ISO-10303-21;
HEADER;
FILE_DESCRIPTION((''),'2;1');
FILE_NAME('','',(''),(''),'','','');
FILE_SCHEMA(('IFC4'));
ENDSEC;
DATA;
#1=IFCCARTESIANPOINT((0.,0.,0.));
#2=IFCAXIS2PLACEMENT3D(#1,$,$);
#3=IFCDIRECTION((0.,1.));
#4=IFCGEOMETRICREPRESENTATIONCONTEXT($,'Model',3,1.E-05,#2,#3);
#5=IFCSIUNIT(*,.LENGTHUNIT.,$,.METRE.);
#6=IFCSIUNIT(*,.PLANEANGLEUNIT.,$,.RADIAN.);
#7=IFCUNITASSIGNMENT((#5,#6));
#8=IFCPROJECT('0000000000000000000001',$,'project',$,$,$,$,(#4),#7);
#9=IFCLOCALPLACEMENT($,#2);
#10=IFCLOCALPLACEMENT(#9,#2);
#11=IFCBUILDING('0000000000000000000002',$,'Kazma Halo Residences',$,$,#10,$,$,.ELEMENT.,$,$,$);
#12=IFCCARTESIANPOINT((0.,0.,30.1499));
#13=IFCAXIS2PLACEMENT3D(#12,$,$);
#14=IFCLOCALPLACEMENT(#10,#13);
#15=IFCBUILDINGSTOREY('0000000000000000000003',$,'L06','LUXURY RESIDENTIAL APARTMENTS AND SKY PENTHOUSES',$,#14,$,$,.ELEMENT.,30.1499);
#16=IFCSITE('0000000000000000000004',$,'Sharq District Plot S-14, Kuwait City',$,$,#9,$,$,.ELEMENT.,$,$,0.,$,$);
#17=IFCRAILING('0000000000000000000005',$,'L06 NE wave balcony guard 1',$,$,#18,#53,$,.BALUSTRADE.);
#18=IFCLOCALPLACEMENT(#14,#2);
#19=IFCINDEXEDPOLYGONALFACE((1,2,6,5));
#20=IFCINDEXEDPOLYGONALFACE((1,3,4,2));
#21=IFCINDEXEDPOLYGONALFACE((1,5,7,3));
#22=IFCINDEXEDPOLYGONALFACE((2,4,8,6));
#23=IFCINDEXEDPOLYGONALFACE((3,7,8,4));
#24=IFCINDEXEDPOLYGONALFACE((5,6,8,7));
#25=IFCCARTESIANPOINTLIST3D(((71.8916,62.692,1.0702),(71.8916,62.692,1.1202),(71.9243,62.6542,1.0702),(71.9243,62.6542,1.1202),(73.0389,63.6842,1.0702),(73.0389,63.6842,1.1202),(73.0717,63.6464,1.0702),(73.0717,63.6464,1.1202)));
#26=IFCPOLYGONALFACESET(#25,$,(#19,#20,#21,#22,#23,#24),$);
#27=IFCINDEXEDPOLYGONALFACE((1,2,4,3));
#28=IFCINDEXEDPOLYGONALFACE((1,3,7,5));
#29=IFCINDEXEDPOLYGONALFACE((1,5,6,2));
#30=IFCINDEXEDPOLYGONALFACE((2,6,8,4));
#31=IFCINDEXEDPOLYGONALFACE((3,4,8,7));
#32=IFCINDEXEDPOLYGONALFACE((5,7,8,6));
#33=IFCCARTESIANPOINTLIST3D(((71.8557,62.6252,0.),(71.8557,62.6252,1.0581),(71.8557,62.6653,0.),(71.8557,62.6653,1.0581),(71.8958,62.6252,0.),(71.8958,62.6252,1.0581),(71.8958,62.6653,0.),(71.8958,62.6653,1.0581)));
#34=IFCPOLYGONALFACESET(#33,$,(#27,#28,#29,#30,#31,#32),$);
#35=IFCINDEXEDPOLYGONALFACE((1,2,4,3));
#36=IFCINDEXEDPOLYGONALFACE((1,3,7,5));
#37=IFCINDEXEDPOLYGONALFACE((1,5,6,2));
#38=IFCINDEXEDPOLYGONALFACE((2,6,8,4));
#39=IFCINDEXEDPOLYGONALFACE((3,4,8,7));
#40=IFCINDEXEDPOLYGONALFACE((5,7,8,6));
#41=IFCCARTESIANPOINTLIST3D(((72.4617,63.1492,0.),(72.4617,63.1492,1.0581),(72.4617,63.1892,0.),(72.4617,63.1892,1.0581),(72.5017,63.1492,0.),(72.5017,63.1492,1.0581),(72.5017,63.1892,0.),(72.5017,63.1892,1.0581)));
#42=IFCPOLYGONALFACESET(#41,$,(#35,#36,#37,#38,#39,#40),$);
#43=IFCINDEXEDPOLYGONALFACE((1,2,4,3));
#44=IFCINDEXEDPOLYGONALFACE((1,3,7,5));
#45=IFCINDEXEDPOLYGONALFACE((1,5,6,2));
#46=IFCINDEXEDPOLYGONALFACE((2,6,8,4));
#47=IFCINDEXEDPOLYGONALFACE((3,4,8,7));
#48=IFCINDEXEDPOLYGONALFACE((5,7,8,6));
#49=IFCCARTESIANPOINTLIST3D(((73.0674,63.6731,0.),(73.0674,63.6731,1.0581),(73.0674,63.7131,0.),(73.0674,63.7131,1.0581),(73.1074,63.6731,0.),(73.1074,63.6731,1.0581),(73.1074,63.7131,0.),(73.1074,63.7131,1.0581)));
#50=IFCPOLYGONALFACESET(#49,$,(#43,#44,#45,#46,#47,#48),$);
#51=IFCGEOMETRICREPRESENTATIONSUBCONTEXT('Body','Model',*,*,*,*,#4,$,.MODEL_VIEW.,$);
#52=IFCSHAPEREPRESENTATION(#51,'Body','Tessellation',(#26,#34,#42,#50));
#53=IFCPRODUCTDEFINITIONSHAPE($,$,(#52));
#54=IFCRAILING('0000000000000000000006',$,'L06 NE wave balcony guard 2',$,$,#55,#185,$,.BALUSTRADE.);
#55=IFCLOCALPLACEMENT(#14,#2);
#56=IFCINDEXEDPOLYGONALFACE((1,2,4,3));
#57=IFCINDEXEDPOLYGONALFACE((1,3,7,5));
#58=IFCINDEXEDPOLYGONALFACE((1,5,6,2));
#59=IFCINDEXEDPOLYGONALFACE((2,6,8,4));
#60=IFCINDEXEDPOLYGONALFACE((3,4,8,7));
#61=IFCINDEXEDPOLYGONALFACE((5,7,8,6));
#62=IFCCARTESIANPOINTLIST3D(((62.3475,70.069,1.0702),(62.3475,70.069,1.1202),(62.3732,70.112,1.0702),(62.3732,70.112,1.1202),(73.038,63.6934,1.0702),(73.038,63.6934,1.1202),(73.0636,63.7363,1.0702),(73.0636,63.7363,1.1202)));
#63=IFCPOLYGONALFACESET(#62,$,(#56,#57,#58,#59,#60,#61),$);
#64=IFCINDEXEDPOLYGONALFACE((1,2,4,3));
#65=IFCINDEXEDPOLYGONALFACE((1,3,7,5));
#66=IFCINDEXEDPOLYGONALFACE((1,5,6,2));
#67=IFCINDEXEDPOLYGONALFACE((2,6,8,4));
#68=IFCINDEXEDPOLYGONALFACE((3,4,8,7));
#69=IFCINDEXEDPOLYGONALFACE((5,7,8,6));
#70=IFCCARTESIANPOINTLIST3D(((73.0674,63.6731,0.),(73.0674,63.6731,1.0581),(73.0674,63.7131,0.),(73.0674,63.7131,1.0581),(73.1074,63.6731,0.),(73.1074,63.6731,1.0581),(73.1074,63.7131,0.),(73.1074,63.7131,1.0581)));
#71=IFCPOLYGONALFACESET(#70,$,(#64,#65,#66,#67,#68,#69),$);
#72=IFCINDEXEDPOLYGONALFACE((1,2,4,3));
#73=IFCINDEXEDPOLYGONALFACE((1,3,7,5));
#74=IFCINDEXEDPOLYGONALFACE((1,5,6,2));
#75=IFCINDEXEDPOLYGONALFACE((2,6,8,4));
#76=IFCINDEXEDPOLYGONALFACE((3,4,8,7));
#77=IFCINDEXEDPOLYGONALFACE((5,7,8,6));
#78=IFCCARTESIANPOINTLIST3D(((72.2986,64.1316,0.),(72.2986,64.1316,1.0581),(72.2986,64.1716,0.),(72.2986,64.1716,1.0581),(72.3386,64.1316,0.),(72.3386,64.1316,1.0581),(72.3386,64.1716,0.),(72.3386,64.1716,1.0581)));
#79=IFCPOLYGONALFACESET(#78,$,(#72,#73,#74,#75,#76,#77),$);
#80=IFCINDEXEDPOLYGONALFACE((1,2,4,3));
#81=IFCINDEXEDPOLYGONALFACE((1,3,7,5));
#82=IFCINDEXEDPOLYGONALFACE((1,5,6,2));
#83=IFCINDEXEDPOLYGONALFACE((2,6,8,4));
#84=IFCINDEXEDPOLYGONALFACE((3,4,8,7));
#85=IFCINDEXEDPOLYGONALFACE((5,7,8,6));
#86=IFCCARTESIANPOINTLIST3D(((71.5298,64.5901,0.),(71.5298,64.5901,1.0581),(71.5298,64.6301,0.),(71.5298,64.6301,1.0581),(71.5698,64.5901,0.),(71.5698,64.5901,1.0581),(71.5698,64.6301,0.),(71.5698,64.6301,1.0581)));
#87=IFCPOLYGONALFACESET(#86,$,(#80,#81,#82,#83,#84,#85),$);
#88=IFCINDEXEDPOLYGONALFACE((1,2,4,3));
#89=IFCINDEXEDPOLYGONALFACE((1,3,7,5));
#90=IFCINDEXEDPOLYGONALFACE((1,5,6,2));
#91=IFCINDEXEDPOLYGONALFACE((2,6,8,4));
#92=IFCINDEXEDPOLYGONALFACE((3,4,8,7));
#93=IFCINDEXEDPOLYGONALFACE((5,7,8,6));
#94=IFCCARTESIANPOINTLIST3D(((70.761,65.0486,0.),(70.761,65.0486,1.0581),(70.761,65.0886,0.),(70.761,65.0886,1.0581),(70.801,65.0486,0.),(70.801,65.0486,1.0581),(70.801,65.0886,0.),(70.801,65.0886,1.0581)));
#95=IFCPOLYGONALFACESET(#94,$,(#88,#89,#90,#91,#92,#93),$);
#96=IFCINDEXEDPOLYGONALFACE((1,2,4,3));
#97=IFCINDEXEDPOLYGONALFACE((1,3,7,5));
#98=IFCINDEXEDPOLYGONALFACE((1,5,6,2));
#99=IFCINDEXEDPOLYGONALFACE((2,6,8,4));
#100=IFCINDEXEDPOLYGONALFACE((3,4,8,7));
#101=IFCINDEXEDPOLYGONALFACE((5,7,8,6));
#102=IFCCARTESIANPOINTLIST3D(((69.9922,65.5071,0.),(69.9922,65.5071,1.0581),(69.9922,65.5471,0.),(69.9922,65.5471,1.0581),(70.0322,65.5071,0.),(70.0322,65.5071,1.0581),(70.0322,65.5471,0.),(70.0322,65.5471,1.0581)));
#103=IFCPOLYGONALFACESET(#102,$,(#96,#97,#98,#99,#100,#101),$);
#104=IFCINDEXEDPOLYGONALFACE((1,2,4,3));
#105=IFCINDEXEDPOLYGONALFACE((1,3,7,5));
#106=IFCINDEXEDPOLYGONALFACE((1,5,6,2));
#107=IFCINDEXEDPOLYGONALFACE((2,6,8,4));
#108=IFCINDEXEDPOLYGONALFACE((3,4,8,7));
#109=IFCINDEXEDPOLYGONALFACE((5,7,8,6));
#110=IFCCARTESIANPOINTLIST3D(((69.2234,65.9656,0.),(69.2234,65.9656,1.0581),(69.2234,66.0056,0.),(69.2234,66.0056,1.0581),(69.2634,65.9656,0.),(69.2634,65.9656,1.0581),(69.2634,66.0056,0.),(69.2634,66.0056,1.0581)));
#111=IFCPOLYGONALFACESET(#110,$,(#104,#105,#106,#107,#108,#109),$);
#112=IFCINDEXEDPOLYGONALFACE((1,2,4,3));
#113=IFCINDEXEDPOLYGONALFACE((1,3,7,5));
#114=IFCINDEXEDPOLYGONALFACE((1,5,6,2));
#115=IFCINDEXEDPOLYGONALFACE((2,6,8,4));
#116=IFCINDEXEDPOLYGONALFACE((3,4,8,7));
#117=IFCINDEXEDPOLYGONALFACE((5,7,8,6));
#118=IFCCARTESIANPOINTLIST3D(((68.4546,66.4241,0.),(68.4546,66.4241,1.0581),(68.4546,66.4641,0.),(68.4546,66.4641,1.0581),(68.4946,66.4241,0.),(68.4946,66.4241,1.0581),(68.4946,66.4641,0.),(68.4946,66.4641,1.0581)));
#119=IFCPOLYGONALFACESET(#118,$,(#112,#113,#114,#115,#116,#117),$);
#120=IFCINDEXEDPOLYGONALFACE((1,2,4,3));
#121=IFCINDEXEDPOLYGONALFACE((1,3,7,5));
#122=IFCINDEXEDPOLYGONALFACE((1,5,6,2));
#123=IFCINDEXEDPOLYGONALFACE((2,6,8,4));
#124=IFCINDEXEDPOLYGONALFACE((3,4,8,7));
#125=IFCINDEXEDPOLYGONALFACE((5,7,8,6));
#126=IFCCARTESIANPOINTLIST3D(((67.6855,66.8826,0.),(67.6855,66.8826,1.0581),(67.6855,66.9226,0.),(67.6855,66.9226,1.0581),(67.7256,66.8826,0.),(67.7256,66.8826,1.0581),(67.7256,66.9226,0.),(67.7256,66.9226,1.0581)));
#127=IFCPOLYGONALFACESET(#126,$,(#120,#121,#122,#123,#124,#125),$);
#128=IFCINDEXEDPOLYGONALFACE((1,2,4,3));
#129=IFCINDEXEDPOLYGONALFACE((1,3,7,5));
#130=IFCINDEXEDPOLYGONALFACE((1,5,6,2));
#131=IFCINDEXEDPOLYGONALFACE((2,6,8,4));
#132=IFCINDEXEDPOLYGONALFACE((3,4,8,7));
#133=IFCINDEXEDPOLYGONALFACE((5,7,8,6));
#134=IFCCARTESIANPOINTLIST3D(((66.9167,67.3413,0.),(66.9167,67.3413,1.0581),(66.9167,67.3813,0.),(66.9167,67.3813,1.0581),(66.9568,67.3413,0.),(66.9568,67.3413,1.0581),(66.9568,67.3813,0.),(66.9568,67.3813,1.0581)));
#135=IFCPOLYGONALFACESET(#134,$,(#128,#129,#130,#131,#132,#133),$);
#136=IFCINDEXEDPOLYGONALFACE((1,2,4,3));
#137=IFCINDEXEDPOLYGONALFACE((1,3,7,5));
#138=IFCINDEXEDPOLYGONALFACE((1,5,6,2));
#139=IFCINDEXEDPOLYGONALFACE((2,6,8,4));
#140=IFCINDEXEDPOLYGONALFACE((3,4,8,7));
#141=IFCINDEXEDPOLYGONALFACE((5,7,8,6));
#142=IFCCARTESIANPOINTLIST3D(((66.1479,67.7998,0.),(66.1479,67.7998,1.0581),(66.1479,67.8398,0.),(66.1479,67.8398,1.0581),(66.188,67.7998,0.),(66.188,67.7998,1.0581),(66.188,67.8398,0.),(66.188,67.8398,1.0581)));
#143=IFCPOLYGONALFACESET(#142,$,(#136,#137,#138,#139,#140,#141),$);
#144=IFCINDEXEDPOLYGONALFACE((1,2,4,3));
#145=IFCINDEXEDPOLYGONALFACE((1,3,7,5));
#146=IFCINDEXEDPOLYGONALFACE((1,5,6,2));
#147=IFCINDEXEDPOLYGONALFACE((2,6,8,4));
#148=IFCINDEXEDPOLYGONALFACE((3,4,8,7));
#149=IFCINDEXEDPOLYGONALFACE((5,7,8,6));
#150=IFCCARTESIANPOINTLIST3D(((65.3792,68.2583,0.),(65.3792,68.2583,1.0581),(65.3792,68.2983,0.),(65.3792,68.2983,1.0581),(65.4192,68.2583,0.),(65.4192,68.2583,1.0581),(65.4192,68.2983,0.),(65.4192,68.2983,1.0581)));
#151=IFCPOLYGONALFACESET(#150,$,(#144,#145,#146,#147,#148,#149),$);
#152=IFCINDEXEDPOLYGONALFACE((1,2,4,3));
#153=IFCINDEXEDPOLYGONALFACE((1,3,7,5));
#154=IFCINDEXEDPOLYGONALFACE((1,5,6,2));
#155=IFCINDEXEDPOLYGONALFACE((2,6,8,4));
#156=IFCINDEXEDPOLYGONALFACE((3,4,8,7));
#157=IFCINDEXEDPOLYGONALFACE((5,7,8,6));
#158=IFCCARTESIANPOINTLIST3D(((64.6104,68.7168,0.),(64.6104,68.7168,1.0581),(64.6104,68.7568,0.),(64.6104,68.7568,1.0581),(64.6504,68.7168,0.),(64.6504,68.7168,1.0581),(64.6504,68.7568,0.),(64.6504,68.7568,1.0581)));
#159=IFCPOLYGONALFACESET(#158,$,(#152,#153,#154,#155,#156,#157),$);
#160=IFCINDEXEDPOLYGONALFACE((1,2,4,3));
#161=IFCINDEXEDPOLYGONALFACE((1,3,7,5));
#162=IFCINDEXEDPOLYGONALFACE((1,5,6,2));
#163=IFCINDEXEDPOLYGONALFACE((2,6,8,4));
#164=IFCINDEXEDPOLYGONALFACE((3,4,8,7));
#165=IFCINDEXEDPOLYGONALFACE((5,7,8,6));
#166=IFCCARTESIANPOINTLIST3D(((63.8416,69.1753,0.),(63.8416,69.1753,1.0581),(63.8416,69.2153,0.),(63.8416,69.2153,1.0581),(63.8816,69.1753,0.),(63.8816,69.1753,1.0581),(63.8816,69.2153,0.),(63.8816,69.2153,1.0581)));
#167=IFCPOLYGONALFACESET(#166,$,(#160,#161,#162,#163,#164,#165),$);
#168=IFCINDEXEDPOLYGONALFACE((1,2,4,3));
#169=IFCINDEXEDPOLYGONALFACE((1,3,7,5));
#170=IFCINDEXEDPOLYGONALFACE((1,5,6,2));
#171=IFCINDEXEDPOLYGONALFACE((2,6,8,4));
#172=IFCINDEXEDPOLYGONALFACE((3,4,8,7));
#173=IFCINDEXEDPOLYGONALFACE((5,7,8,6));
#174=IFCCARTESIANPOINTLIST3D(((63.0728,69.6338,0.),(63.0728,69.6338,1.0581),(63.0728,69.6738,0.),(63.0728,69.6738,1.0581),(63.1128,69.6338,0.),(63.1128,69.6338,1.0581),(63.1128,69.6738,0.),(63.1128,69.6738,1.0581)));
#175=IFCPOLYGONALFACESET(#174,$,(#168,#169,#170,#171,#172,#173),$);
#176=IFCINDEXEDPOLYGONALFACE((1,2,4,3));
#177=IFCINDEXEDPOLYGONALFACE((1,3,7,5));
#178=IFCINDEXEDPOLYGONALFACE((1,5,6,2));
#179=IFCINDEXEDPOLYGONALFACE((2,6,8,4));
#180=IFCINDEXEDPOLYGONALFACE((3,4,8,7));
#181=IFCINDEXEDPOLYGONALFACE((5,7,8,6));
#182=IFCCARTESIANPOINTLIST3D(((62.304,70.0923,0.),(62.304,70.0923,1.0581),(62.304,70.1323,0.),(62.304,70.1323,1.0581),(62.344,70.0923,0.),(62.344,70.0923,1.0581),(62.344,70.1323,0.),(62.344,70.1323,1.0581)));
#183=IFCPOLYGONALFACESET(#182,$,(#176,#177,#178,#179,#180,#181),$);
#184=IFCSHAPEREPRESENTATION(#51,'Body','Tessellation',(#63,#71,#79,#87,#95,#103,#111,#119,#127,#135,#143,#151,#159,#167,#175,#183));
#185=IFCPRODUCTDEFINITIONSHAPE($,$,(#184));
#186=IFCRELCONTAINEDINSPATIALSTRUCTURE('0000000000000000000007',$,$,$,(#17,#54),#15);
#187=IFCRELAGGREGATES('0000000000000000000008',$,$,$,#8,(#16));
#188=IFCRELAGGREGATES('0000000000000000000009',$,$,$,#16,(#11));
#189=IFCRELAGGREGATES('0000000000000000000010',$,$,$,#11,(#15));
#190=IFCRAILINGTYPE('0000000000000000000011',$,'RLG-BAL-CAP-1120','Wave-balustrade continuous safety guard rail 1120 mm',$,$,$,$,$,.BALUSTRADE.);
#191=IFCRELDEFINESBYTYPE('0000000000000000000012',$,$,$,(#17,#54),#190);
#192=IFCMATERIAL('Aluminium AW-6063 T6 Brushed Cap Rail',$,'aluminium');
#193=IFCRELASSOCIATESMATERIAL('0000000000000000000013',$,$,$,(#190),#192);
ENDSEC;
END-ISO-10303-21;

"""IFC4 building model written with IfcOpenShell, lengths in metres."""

from ifc_helpers import new_model, si_unit, direction, frame, origin, origin_2d, place, context, subcontext, project, spatial, rectangle, extrude, material, type_object, element, save


model = new_model("IFC4")

# Units and contexts
model_context = context("Model", 3, precision=1e-05, world=origin(), true_north=direction((0.0, 1.0)))
body_context = subcontext(model_context, "Body", "Model", "MODEL_VIEW")
ifc_project = project(units=[si_unit("LENGTHUNIT", "METRE"), si_unit("PLANEANGLEUNIT", "RADIAN")], contexts=[model_context])

# Site, building, storey
site_placement = place(None, origin())
site = spatial("IfcSite", under=ifc_project, at=site_placement, Name="Sharq District Plot S-14, Kuwait City", CompositionType="ELEMENT", RefElevation=0.0)
building_placement = place(site_placement, origin())
building = spatial("IfcBuilding", under=site, at=building_placement, Name="Kazma Halo Residences", CompositionType="ELEMENT")
storey_placement = place(building_placement, frame((0.0, 0.0, 30.1499)))
storey = spatial("IfcBuildingStorey", under=building, at=storey_placement, Name="L06", Description="LUXURY RESIDENTIAL APARTMENTS AND SKY PENTHOUSES", CompositionType="ELEMENT", Elevation=30.1499)

# Railings
ifc_material_1 = material(Name="Aluminium AW-6063 T6 Brushed Cap Rail", Category="aluminium")
railing_type = type_object("IfcRailingType", Name="RLG-BAL-CAP-1120", Description="Wave-balustrade continuous safety guard rail 1120 mm", PredefinedType="BALUSTRADE", material=ifc_material_1)
railing_1_placement = place(storey_placement, frame((71.8757, 62.6453, 0.0)))
element("IfcRailing", 1, at=railing_1_placement, inside=storey, type_object=railing_type, Name="L06 NE wave balcony guard 1", PredefinedType="BALUSTRADE", context=body_context, shape_type="SweptSolid", body=[
    extrude(rectangle(XDim=0.05, YDim=0.05, at=origin_2d()), frame((0.0322, 0.0278, 1.0952), z_axis=(0.756388, 0.654124, 0.0), x_axis=(-0.654124, 0.756388, 0.0)), (0.0, 0.0, 1.0), 1.5168),
    extrude(rectangle(XDim=0.04, YDim=0.04, at=origin_2d()), origin(), (0.0, 0.0, 1.0), 1.0581),
    extrude(rectangle(XDim=0.04, YDim=0.04, at=origin_2d()), frame((0.606, 0.5239, 0.0)), (0.0, 0.0, 1.0), 1.0581),
    extrude(rectangle(XDim=0.04, YDim=0.04, at=origin_2d()), frame((1.2117, 1.0479, 0.0)), (0.0, 0.0, 1.0), 1.0581),
])
railing_2_placement = place(storey_placement, frame((73.0874, 63.6931, 0.0)))
element("IfcRailing", 2, at=railing_2_placement, inside=storey, type_object=railing_type, Name="L06 NE wave balcony guard 2", PredefinedType="BALUSTRADE", context=body_context, shape_type="SweptSolid", body=[
    extrude(rectangle(XDim=0.05, YDim=0.05, at=origin_2d()), frame((-0.0366, 0.0217, 1.0952), z_axis=(-0.858858, 0.512214, 0.0), x_axis=(-0.512214, -0.858858, 0.0)), (0.0, 0.0, 1.0), 12.4473),
    extrude(rectangle(XDim=0.04, YDim=0.04, at=origin_2d()), origin(), (0.0, 0.0, 1.0), 1.0581),
    extrude(rectangle(XDim=0.04, YDim=0.04, at=origin_2d()), frame((-0.7688, 0.4585, 0.0)), (0.0, 0.0, 1.0), 1.0581),
    extrude(rectangle(XDim=0.04, YDim=0.04, at=origin_2d()), frame((-1.5376, 0.917, 0.0)), (0.0, 0.0, 1.0), 1.0581),
    extrude(rectangle(XDim=0.04, YDim=0.04, at=origin_2d()), frame((-2.3064, 1.3755, 0.0)), (0.0, 0.0, 1.0), 1.0581),
    extrude(rectangle(XDim=0.04, YDim=0.04, at=origin_2d()), frame((-3.0752, 1.834, 0.0)), (0.0, 0.0, 1.0), 1.0581),
    extrude(rectangle(XDim=0.04, YDim=0.04, at=origin_2d()), frame((-3.844, 2.2925, 0.0)), (0.0, 0.0, 1.0), 1.0581),
    extrude(rectangle(XDim=0.04, YDim=0.04, at=origin_2d()), frame((-4.6128, 2.751, 0.0)), (0.0, 0.0, 1.0), 1.0581),
    extrude(rectangle(XDim=0.04, YDim=0.04, at=origin_2d()), frame((-5.3818, 3.2095, 0.0)), (0.0, 0.0, 1.0), 1.0581),
    extrude(rectangle(XDim=0.04, YDim=0.04, at=origin_2d()), frame((-6.1506, 3.6682, 0.0)), (0.0, 0.0, 1.0), 1.0581),
    extrude(rectangle(XDim=0.04, YDim=0.04, at=origin_2d()), frame((-6.9194, 4.1267, 0.0)), (0.0, 0.0, 1.0), 1.0581),
    extrude(rectangle(XDim=0.04, YDim=0.04, at=origin_2d()), frame((-7.6882, 4.5852, 0.0)), (0.0, 0.0, 1.0), 1.0581),
    extrude(rectangle(XDim=0.04, YDim=0.04, at=origin_2d()), frame((-8.457, 5.0437, 0.0)), (0.0, 0.0, 1.0), 1.0581),
    extrude(rectangle(XDim=0.04, YDim=0.04, at=origin_2d()), frame((-9.2258, 5.5022, 0.0)), (0.0, 0.0, 1.0), 1.0581),
    extrude(rectangle(XDim=0.04, YDim=0.04, at=origin_2d()), frame((-9.9946, 5.9607, 0.0)), (0.0, 0.0, 1.0), 1.0581),
    extrude(rectangle(XDim=0.04, YDim=0.04, at=origin_2d()), frame((-10.7634, 6.4192, 0.0)), (0.0, 0.0, 1.0), 1.0581),
])

save(model, "model.ifc")
